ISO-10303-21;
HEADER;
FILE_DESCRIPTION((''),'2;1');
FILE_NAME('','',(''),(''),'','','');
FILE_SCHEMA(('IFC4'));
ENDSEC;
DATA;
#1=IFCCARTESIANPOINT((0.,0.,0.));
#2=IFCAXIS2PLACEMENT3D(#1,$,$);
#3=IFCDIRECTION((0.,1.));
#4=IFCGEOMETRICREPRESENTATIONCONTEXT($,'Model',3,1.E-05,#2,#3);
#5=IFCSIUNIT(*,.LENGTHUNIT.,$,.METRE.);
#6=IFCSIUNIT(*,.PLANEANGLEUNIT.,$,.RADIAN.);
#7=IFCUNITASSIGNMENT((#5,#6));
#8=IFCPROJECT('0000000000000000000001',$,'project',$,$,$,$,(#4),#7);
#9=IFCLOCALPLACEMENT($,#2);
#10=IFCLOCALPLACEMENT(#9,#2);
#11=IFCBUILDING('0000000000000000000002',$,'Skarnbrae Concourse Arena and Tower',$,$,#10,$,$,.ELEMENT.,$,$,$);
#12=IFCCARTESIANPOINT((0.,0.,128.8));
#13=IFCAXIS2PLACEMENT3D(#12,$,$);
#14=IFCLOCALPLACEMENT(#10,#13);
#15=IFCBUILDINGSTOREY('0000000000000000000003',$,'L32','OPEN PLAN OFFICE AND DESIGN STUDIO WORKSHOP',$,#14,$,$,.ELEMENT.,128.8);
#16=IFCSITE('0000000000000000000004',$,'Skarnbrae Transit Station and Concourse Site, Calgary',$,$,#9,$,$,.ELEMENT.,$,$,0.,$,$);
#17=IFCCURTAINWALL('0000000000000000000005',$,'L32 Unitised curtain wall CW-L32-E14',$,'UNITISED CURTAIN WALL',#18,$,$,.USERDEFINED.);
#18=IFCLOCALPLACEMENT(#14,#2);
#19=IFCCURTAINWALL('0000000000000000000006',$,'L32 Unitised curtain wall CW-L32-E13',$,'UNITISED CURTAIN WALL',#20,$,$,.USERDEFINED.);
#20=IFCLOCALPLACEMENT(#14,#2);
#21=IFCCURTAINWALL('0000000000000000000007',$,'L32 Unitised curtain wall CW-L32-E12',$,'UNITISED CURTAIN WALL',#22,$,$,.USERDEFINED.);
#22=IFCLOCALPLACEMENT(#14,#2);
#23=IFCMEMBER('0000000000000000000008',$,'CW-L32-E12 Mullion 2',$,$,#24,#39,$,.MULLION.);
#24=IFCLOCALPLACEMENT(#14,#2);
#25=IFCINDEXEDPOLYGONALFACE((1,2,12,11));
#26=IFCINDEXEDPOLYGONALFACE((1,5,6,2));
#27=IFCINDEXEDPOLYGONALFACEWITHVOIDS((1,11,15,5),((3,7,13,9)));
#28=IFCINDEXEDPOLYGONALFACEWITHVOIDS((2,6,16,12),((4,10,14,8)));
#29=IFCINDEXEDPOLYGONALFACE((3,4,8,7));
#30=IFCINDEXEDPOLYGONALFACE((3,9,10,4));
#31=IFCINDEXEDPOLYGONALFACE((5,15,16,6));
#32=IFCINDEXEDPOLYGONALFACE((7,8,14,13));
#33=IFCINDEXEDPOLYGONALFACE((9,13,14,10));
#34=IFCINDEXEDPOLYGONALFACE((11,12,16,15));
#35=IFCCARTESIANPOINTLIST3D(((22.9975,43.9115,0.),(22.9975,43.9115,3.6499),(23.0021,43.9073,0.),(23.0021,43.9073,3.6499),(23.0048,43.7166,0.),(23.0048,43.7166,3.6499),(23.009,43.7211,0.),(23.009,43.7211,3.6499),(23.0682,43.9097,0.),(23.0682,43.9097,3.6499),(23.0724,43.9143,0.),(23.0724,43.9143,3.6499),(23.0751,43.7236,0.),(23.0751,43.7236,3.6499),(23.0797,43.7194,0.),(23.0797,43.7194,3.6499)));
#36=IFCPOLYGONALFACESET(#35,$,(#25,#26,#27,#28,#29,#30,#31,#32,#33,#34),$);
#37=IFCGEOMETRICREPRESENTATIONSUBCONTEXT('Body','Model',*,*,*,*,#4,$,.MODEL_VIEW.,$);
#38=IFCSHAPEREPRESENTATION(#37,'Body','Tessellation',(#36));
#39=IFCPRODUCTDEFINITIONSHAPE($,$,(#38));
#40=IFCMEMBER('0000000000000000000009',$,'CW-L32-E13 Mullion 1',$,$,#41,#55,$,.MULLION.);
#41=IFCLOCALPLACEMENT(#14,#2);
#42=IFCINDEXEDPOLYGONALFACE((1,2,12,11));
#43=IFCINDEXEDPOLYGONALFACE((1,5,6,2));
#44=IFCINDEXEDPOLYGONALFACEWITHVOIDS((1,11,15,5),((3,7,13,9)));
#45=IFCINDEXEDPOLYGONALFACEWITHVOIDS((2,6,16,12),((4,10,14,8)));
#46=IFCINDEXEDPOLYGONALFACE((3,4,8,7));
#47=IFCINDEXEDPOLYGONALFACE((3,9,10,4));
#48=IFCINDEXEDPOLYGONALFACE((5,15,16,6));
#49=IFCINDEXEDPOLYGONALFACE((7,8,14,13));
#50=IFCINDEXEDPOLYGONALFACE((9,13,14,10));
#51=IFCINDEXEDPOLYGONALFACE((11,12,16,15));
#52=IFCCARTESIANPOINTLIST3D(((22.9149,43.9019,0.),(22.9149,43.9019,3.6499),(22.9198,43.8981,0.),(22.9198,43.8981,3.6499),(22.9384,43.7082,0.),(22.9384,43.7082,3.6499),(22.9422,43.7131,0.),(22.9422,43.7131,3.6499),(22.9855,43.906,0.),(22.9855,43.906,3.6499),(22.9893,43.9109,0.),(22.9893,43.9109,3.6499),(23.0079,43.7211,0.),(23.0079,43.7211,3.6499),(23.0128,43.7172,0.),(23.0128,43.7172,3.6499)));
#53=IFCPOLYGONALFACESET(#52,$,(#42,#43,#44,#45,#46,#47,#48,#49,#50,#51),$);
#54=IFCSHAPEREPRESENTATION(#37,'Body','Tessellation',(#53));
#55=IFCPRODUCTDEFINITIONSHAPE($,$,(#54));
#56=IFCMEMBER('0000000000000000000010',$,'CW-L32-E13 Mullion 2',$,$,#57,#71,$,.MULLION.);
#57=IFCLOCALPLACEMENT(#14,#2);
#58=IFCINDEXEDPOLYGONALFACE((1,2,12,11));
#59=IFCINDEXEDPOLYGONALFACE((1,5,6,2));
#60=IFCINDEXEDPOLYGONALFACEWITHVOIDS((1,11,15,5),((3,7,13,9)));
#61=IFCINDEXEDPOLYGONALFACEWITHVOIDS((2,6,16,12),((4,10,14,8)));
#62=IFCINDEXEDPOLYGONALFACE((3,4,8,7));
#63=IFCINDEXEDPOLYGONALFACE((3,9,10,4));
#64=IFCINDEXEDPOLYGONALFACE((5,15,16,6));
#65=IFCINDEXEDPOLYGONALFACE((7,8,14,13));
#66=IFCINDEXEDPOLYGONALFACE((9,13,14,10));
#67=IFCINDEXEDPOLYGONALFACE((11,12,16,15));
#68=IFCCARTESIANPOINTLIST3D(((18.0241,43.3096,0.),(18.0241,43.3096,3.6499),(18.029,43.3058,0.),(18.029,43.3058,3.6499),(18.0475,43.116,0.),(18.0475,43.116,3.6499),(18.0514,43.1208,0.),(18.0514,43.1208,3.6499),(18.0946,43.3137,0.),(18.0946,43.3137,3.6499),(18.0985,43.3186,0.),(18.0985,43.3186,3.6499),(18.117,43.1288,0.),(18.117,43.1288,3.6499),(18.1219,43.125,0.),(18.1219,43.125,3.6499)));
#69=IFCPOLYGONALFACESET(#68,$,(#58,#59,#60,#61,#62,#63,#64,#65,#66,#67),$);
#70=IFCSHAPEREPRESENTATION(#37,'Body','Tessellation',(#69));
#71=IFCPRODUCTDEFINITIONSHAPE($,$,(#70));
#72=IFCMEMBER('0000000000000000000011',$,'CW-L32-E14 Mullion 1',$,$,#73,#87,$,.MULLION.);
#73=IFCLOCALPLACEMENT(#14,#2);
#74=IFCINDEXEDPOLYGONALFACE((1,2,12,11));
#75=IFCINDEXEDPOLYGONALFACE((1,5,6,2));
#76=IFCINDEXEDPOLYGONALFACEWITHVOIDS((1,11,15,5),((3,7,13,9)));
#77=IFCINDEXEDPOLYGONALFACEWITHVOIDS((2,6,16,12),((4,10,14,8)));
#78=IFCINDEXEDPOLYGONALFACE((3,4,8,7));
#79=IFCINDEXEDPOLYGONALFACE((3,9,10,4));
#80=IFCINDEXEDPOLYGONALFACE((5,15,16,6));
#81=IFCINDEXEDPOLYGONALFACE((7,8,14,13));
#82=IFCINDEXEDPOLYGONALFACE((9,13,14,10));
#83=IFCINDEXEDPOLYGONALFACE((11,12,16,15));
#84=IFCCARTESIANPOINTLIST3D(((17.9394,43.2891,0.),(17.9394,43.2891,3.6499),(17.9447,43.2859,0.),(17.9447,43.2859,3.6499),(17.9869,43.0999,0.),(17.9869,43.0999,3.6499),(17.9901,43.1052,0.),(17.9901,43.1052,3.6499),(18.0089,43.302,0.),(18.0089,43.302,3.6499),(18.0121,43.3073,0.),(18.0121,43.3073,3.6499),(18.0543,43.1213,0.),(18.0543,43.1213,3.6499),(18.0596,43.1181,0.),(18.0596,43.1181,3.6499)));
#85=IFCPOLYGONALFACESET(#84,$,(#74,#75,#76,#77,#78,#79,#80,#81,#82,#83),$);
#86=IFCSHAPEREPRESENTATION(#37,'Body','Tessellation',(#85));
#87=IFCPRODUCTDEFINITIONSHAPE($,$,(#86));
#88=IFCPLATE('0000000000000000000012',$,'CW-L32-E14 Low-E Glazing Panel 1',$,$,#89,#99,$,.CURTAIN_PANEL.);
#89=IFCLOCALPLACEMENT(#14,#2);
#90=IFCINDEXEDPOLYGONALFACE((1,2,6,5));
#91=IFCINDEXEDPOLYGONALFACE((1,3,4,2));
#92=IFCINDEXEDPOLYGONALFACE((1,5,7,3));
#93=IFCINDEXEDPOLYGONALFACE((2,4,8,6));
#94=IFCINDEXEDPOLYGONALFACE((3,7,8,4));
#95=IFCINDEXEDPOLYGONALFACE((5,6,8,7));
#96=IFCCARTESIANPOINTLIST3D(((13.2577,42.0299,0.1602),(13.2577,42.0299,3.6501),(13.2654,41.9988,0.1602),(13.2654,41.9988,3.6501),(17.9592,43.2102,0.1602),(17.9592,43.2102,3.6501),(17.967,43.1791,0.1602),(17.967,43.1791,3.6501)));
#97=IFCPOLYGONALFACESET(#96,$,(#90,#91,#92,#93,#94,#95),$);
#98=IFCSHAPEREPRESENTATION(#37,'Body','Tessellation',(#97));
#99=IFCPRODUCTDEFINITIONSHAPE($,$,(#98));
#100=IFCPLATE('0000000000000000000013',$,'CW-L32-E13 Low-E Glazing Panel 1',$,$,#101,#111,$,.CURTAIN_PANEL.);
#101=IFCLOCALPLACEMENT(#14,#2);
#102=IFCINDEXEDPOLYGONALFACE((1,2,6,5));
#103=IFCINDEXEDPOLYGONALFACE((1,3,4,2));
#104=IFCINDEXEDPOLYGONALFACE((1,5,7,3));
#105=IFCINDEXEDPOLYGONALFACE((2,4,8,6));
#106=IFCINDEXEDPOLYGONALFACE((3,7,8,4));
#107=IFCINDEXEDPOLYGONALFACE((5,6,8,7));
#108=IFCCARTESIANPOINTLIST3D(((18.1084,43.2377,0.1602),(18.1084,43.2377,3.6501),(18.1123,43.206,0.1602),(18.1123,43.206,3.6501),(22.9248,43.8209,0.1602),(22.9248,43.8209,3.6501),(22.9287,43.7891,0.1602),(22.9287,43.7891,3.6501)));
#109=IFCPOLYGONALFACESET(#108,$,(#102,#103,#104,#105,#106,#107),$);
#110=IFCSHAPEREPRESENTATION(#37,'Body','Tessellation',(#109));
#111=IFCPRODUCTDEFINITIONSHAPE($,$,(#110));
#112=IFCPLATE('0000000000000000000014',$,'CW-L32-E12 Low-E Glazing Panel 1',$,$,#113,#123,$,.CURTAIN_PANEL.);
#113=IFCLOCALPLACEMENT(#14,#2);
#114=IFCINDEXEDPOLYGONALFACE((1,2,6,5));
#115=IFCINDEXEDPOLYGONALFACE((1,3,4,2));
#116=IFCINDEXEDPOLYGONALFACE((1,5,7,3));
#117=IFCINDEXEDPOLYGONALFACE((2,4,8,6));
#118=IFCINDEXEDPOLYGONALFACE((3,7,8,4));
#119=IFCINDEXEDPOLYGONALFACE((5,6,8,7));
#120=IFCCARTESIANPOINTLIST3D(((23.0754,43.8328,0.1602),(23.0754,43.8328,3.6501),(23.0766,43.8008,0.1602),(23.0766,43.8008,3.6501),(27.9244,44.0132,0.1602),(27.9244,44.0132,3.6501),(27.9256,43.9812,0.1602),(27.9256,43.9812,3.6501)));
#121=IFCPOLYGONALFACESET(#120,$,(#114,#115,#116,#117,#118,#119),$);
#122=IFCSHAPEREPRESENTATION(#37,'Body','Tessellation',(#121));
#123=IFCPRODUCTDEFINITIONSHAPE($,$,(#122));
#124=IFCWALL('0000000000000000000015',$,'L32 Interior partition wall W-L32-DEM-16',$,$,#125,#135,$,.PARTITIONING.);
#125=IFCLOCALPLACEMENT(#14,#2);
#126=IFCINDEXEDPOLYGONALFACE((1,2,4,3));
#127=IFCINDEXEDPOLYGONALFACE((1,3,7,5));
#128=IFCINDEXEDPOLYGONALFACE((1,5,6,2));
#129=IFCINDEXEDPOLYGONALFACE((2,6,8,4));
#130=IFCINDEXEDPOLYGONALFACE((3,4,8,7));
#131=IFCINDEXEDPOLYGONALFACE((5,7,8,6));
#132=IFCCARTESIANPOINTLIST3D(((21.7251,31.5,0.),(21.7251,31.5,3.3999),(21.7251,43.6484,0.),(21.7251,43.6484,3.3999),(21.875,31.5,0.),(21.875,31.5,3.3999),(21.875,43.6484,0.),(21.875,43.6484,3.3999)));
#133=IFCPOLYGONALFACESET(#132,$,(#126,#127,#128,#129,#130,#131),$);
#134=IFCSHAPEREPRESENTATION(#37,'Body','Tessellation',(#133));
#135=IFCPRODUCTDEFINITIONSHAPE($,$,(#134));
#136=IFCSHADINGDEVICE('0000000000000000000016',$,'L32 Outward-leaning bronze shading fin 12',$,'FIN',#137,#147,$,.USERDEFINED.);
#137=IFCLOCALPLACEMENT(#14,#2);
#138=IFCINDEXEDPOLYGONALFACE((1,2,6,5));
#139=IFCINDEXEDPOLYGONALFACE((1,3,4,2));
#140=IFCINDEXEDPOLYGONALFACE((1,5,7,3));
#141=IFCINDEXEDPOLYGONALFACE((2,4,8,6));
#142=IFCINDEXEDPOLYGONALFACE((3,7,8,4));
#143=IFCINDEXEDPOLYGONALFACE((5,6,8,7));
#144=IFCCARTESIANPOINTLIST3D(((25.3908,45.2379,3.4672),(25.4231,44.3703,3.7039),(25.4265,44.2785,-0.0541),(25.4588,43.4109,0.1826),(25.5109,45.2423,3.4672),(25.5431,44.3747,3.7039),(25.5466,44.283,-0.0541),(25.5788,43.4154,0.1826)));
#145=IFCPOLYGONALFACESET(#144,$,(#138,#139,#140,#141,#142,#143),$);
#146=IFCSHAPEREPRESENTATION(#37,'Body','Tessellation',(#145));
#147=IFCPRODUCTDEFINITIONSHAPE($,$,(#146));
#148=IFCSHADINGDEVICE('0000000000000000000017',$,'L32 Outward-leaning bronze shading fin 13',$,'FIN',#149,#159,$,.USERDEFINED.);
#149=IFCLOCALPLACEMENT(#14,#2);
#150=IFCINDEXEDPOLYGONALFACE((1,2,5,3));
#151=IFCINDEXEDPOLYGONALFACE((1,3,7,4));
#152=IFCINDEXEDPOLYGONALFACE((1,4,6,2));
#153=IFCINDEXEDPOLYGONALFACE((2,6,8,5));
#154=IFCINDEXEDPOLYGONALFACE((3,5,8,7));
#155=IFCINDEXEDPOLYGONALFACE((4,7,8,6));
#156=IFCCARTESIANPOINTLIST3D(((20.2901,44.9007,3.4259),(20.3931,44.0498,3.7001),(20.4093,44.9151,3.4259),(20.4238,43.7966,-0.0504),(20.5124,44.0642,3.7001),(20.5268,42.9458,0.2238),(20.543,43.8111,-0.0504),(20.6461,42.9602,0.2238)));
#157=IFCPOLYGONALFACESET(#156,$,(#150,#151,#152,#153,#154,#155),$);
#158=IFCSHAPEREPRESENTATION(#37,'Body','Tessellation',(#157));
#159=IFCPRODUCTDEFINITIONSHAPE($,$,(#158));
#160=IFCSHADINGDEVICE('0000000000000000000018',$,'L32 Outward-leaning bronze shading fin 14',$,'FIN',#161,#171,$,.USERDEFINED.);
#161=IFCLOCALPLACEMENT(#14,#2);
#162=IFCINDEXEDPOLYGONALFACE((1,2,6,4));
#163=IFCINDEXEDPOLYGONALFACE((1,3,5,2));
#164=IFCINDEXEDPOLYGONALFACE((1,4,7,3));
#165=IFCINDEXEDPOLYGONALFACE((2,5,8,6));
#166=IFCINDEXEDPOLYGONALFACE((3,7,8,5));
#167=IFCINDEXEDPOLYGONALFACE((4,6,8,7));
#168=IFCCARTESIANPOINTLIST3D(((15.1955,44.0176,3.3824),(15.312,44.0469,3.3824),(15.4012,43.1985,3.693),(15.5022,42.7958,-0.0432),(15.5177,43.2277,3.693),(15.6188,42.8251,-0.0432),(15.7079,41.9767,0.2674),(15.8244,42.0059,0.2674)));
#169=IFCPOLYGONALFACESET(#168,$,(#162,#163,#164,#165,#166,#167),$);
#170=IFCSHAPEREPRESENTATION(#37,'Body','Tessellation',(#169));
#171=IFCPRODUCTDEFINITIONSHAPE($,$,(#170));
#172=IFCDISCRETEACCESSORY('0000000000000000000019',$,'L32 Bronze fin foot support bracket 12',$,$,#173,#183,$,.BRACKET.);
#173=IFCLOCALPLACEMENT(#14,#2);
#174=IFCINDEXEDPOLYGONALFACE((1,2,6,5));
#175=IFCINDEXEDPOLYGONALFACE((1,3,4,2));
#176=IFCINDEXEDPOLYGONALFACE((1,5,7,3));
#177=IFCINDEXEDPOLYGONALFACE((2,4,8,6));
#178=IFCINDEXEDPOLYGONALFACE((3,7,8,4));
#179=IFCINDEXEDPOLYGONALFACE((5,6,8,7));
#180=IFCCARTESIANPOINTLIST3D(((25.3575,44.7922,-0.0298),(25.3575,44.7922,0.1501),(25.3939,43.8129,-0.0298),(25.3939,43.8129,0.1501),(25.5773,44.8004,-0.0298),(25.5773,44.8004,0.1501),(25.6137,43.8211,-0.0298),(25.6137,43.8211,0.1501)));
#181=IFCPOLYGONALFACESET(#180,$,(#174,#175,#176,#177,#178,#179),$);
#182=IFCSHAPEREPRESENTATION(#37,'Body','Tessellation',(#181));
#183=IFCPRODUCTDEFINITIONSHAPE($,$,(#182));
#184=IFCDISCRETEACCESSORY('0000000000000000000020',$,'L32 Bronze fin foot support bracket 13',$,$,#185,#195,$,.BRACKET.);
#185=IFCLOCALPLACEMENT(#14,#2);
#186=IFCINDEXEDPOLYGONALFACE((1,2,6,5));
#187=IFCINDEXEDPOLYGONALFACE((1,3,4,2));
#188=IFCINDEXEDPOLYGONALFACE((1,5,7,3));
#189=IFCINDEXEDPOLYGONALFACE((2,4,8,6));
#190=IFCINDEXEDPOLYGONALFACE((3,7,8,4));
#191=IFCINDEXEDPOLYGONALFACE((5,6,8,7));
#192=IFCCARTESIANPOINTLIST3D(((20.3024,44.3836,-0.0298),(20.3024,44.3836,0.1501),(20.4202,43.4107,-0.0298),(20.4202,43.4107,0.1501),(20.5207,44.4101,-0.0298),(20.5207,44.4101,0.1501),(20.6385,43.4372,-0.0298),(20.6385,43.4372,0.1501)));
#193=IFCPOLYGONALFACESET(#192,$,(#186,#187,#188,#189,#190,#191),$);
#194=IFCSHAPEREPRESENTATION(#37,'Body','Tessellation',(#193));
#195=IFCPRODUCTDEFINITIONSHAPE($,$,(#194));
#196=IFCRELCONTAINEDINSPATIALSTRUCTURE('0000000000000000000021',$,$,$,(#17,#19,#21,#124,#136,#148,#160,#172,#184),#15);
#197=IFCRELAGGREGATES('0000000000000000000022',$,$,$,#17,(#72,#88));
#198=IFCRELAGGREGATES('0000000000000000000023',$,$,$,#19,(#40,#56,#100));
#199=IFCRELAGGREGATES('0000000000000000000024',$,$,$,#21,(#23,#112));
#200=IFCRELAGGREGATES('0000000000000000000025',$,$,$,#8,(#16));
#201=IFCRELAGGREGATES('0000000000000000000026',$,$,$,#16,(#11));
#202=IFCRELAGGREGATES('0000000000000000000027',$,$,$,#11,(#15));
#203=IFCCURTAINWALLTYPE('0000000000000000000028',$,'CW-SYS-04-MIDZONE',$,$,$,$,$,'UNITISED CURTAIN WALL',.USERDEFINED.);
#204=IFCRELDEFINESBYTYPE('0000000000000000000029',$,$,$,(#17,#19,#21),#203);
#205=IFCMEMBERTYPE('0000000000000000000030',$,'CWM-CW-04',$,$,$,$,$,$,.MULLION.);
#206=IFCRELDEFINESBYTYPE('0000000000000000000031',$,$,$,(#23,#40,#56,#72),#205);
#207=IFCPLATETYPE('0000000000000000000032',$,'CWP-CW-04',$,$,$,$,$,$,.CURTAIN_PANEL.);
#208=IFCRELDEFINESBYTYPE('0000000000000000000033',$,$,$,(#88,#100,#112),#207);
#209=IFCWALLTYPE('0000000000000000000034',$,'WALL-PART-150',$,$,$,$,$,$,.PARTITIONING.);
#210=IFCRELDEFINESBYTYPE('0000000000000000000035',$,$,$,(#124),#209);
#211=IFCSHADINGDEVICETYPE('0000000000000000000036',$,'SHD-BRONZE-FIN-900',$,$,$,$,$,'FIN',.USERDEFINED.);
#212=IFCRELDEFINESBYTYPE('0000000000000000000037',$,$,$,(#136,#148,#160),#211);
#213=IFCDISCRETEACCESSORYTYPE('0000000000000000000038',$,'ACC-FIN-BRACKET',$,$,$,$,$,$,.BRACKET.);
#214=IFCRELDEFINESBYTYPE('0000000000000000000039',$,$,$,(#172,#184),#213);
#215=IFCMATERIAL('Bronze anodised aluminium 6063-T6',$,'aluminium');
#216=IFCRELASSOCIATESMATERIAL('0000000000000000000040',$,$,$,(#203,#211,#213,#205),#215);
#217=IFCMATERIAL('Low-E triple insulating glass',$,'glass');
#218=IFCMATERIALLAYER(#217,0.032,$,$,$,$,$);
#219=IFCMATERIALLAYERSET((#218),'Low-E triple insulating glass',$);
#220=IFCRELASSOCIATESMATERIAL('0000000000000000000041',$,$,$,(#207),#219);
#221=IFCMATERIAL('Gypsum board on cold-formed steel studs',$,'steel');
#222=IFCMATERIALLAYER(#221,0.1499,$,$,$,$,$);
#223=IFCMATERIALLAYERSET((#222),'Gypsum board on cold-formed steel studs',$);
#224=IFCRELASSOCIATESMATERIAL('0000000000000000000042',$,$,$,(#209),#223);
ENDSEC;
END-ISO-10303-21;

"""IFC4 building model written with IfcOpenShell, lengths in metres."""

from ifc_helpers import new_model, si_unit, direction, frame, frame_2d, origin, origin_2d, place, context, subcontext, project, spatial, rectangle, hollow_rectangle, extrude, source, transform, mapped, material, layer, layer_set, material_profile, profile_set, type_object, element, aggregate, save


model = new_model("IFC4")

# Units and contexts
model_context = context("Model", 3, precision=1e-05, world=origin(), true_north=direction((0.0, 1.0)))
body_context = subcontext(model_context, "Body", "Model", "MODEL_VIEW")
ifc_project = project(units=[si_unit("LENGTHUNIT", "METRE"), si_unit("PLANEANGLEUNIT", "RADIAN")], contexts=[model_context])

# Site, building, storey
site_placement = place(None, origin())
site = spatial("IfcSite", under=ifc_project, at=site_placement, Name="Skarnbrae Transit Station and Concourse Site, Calgary", CompositionType="ELEMENT", RefElevation=0.0)
building_placement = place(site_placement, origin())
building = spatial("IfcBuilding", under=site, at=building_placement, Name="Skarnbrae Concourse Arena and Tower", CompositionType="ELEMENT")
storey_placement = place(building_placement, frame((0.0, 0.0, 128.8)))
storey = spatial("IfcBuildingStorey", under=building, at=storey_placement, Name="L32", Description="OPEN PLAN OFFICE AND DESIGN STUDIO WORKSHOP", CompositionType="ELEMENT", Elevation=128.8)

# Curtain walls
ifc_material_1 = material(Name="Bronze anodised aluminium 6063-T6", Category="aluminium")
curtain_wall_type = type_object("IfcCurtainWallType", Name="CW-SYS-04-MIDZONE", ElementType="UNITISED CURTAIN WALL", PredefinedType="USERDEFINED", material=ifc_material_1)
curtain_wall_1_placement = place(storey_placement, origin())
curtain_wall_1 = element("IfcCurtainWall", 1, at=curtain_wall_1_placement, inside=storey, type_object=curtain_wall_type, Name="L32 Unitised curtain wall CW-L32-E14", ObjectType="UNITISED CURTAIN WALL", PredefinedType="USERDEFINED")
curtain_wall_2_placement = place(storey_placement, origin())
curtain_wall_2 = element("IfcCurtainWall", 2, at=curtain_wall_2_placement, inside=storey, type_object=curtain_wall_type, Name="L32 Unitised curtain wall CW-L32-E13", ObjectType="UNITISED CURTAIN WALL", PredefinedType="USERDEFINED")

# Curtain wall, member
curtain_wall_3_placement = place(storey_placement, origin())
curtain_wall_3 = element("IfcCurtainWall", 3, at=curtain_wall_3_placement, inside=storey, type_object=curtain_wall_type, Name="L32 Unitised curtain wall CW-L32-E12", ObjectType="UNITISED CURTAIN WALL", PredefinedType="USERDEFINED")
ifc_material_profile_1 = material_profile(ifc_material_1, hollow_rectangle(XDim=0.075, YDim=0.1951, WallThickness=0.0044, at=origin_2d()), Name="ALU-MULL-75X195")
ifc_profile_set_1 = profile_set([ifc_material_profile_1], Name="Bronze anodised aluminium 6063-T6")
member_type_1 = type_object("IfcMemberType", Name="CWM-CW-04", PredefinedType="MULLION", material=ifc_profile_set_1)
shared_shape_1 = source(origin(), body_context, "Body", "SweptSolid", [
    extrude(hollow_rectangle(XDim=0.075, YDim=0.1951, WallThickness=0.0044, at=origin_2d()), origin(), (0.0, 0.0, 1.0), 3.6499),
])
member_1_placement = place(storey_placement, frame((23.0386, 43.8154, 0.0), z_axis=(0.0, 0.0, 1.0), x_axis=(-0.999308, -0.037183, 0.0)))
member_1 = element("IfcMember", 4, at=member_1_placement, type_object=member_type_1, Name="CW-L32-E12 Mullion 2", PredefinedType="MULLION", context=body_context, shape_type="MappedRepresentation", body=[
    mapped(shared_shape_1, transform((0.0, 0.0, 0.0))),
])

# Members
member_2_placement = place(storey_placement, frame((22.9639, 43.8096, 0.0), z_axis=(0.0, 0.0, 1.0), x_axis=(-0.992749, -0.120203, 0.0)))
member_2 = element("IfcMember", 5, at=member_2_placement, type_object=member_type_1, Name="CW-L32-E13 Mullion 1", PredefinedType="MULLION", context=body_context, shape_type="MappedRepresentation", body=[
    mapped(shared_shape_1, transform((0.0, 0.0, 0.0))),
])
member_3_placement = place(storey_placement, frame((18.073, 43.2173, 0.0), z_axis=(0.0, 0.0, 1.0), x_axis=(-0.992749, -0.120203, 0.0)))
member_3 = element("IfcMember", 6, at=member_3_placement, type_object=member_type_1, Name="CW-L32-E13 Mullion 2", PredefinedType="MULLION", context=body_context, shape_type="MappedRepresentation", body=[
    mapped(shared_shape_1, transform((0.0, 0.0, 0.0))),
])
member_4_placement = place(storey_placement, frame((17.9995, 43.2036, 0.0), z_axis=(0.0, 0.0, 1.0), x_axis=(-0.969903, -0.243491, 0.0)))
member_4 = element("IfcMember", 7, at=member_4_placement, type_object=member_type_1, Name="CW-L32-E14 Mullion 1", PredefinedType="MULLION", context=body_context, shape_type="MappedRepresentation", body=[
    mapped(shared_shape_1, transform((0.0, 0.0, 0.0))),
])

# Plates
ifc_material_2 = material(Name="Low-E triple insulating glass", Category="glass")
ifc_layer_1 = layer(ifc_material_2, 0.032)
ifc_layer_set_1 = layer_set([ifc_layer_1], Name="Low-E triple insulating glass")
plate_type = type_object("IfcPlateType", Name="CWP-CW-04", PredefinedType="CURTAIN_PANEL", material=ifc_layer_set_1)
shared_shape_2 = source(origin(), body_context, "Body", "SweptSolid", [
    extrude(rectangle(XDim=4.8474, YDim=0.032, at=origin_2d()), origin(), (0.0, 0.0, 1.0), 3.49),
])
plate_1_placement = place(storey_placement, frame((15.6123, 42.6045, 0.1602), z_axis=(0.0, 0.0, 1.0), x_axis=(-0.969903, -0.243491, 0.0)))
plate_1 = element("IfcPlate", 8, at=plate_1_placement, type_object=plate_type, Name="CW-L32-E14 Low-E Glazing Panel 1", PredefinedType="CURTAIN_PANEL", context=body_context, shape_type="MappedRepresentation", body=[
    mapped(shared_shape_2, transform((0.0, 0.0, 0.0))),
])
aggregate(curtain_wall_1, [member_4, plate_1])
shared_shape_3 = source(origin(), body_context, "Body", "SweptSolid", [
    extrude(rectangle(XDim=4.8516, YDim=0.032, at=origin_2d()), origin(), (0.0, 0.0, 1.0), 3.49),
])
plate_2_placement = place(storey_placement, frame((20.5186, 43.5134, 0.1602), z_axis=(0.0, 0.0, 1.0), x_axis=(-0.992749, -0.120203, 0.0)))
plate_2 = element("IfcPlate", 9, at=plate_2_placement, type_object=plate_type, Name="CW-L32-E13 Low-E Glazing Panel 1", PredefinedType="CURTAIN_PANEL", context=body_context, shape_type="MappedRepresentation", body=[
    mapped(shared_shape_3, transform((0.0, 0.0, 0.0))),
])
aggregate(curtain_wall_2, [member_2, member_3, plate_2])
shared_shape_4 = source(origin(), body_context, "Body", "SweptSolid", [
    extrude(rectangle(XDim=4.8523, YDim=0.032, at=origin_2d()), origin(), (0.0, 0.0, 1.0), 3.49),
])
plate_3_placement = place(storey_placement, frame((25.5005, 43.907, 0.1602), z_axis=(0.0, 0.0, 1.0), x_axis=(-0.999308, -0.037183, 0.0)))
plate_3 = element("IfcPlate", 10, at=plate_3_placement, type_object=plate_type, Name="CW-L32-E12 Low-E Glazing Panel 1", PredefinedType="CURTAIN_PANEL", context=body_context, shape_type="MappedRepresentation", body=[
    mapped(shared_shape_4, transform((0.0, 0.0, 0.0))),
])
aggregate(curtain_wall_3, [member_1, plate_3])

# Wall
ifc_material_3 = material(Name="Gypsum board on cold-formed steel studs", Category="steel")
ifc_layer_2 = layer(ifc_material_3, 0.1499)
ifc_layer_set_2 = layer_set([ifc_layer_2], Name="Gypsum board on cold-formed steel studs")
wall_type = type_object("IfcWallType", Name="WALL-PART-150", PredefinedType="PARTITIONING", material=ifc_layer_set_2)
shared_shape_5 = source(origin(), body_context, "Body", "SweptSolid", [
    extrude(rectangle(XDim=12.1484, YDim=0.1499, at=frame_2d((6.0742, 0.0))), origin(), (0.0, 0.0, 1.0), 3.3999),
])
wall_placement = place(storey_placement, frame((21.8, 43.6484, 0.0), z_axis=(0.0, 0.0, 1.0), x_axis=(0.0, -1.0, 0.0)))
element("IfcWall", 11, at=wall_placement, inside=storey, type_object=wall_type, Name="L32 Interior partition wall W-L32-DEM-16", PredefinedType="PARTITIONING", context=body_context, shape_type="MappedRepresentation", body=[
    mapped(shared_shape_5, transform((0.0, 0.0, 0.0))),
])

# Shading devices
shading_device_type = type_object("IfcShadingDeviceType", Name="SHD-BRONZE-FIN-900", ElementType="FIN", PredefinedType="USERDEFINED", material=ifc_material_1)
shared_shape_6 = source(origin(), body_context, "Body", "SweptSolid", [
    extrude(rectangle(XDim=0.1201, YDim=0.8999, at=origin_2d()), origin(), (0.0, 0.0, 1.0), 3.6499),
])
for number, where, z_axis, x_axis, name in (
    (12, (25.5027, 43.8469, 0.0642), (-0.009781, 0.262849, 0.964787), (0.999308, 0.037184, 0.0), "L32 Outward-leaning bronze shading fin 12"),
    (13, (20.5349, 43.3784, 0.0867), (-0.036627, 0.302489, 0.952449), (0.992749, 0.120206, 0.0), "L32 Outward-leaning bronze shading fin 13"),
    (14, (15.6633, 42.4009, 0.1121), (-0.084039, 0.334746, 0.938553), (0.969902, 0.243497, 0.0), "L32 Outward-leaning bronze shading fin 14"),
):
    element("IfcShadingDevice", number, at=place(storey_placement, frame(where, z_axis=z_axis, x_axis=x_axis)), inside=storey, type_object=shading_device_type, Name=name, ObjectType="FIN", PredefinedType="USERDEFINED", context=body_context, shape_type="MappedRepresentation", body=[
        mapped(shared_shape_6, transform((0.0, 0.0, 0.0))),
    ])

# Discrete accessories
discrete_accessory_type = type_object("IfcDiscreteAccessoryType", Name="ACC-FIN-BRACKET", PredefinedType="BRACKET", material=ifc_material_1)
shared_shape_7 = source(origin(), body_context, "Body", "SweptSolid", [
    extrude(rectangle(XDim=0.22, YDim=0.98, at=origin_2d()), origin(), (0.0, 0.0, 1.0), 0.1799),
])
for number, where, z_axis, x_axis, name in (
    (15, (25.4856, 44.3066, -0.0298), (0.0, 0.0, 1.0), (0.999308, 0.037184, 0.0), "L32 Bronze fin foot support bracket 12"),
    (16, (20.4705, 43.9104, -0.0298), (0.0, 0.0, 1.0), (0.992749, 0.120206, 0.0), "L32 Bronze fin foot support bracket 13"),
):
    element("IfcDiscreteAccessory", number, at=place(storey_placement, frame(where, z_axis=z_axis, x_axis=x_axis)), inside=storey, type_object=discrete_accessory_type, Name=name, PredefinedType="BRACKET", context=body_context, shape_type="MappedRepresentation", body=[
        mapped(shared_shape_7, transform((0.0, 0.0, 0.0))),
    ])

save(model, "model.ifc")
